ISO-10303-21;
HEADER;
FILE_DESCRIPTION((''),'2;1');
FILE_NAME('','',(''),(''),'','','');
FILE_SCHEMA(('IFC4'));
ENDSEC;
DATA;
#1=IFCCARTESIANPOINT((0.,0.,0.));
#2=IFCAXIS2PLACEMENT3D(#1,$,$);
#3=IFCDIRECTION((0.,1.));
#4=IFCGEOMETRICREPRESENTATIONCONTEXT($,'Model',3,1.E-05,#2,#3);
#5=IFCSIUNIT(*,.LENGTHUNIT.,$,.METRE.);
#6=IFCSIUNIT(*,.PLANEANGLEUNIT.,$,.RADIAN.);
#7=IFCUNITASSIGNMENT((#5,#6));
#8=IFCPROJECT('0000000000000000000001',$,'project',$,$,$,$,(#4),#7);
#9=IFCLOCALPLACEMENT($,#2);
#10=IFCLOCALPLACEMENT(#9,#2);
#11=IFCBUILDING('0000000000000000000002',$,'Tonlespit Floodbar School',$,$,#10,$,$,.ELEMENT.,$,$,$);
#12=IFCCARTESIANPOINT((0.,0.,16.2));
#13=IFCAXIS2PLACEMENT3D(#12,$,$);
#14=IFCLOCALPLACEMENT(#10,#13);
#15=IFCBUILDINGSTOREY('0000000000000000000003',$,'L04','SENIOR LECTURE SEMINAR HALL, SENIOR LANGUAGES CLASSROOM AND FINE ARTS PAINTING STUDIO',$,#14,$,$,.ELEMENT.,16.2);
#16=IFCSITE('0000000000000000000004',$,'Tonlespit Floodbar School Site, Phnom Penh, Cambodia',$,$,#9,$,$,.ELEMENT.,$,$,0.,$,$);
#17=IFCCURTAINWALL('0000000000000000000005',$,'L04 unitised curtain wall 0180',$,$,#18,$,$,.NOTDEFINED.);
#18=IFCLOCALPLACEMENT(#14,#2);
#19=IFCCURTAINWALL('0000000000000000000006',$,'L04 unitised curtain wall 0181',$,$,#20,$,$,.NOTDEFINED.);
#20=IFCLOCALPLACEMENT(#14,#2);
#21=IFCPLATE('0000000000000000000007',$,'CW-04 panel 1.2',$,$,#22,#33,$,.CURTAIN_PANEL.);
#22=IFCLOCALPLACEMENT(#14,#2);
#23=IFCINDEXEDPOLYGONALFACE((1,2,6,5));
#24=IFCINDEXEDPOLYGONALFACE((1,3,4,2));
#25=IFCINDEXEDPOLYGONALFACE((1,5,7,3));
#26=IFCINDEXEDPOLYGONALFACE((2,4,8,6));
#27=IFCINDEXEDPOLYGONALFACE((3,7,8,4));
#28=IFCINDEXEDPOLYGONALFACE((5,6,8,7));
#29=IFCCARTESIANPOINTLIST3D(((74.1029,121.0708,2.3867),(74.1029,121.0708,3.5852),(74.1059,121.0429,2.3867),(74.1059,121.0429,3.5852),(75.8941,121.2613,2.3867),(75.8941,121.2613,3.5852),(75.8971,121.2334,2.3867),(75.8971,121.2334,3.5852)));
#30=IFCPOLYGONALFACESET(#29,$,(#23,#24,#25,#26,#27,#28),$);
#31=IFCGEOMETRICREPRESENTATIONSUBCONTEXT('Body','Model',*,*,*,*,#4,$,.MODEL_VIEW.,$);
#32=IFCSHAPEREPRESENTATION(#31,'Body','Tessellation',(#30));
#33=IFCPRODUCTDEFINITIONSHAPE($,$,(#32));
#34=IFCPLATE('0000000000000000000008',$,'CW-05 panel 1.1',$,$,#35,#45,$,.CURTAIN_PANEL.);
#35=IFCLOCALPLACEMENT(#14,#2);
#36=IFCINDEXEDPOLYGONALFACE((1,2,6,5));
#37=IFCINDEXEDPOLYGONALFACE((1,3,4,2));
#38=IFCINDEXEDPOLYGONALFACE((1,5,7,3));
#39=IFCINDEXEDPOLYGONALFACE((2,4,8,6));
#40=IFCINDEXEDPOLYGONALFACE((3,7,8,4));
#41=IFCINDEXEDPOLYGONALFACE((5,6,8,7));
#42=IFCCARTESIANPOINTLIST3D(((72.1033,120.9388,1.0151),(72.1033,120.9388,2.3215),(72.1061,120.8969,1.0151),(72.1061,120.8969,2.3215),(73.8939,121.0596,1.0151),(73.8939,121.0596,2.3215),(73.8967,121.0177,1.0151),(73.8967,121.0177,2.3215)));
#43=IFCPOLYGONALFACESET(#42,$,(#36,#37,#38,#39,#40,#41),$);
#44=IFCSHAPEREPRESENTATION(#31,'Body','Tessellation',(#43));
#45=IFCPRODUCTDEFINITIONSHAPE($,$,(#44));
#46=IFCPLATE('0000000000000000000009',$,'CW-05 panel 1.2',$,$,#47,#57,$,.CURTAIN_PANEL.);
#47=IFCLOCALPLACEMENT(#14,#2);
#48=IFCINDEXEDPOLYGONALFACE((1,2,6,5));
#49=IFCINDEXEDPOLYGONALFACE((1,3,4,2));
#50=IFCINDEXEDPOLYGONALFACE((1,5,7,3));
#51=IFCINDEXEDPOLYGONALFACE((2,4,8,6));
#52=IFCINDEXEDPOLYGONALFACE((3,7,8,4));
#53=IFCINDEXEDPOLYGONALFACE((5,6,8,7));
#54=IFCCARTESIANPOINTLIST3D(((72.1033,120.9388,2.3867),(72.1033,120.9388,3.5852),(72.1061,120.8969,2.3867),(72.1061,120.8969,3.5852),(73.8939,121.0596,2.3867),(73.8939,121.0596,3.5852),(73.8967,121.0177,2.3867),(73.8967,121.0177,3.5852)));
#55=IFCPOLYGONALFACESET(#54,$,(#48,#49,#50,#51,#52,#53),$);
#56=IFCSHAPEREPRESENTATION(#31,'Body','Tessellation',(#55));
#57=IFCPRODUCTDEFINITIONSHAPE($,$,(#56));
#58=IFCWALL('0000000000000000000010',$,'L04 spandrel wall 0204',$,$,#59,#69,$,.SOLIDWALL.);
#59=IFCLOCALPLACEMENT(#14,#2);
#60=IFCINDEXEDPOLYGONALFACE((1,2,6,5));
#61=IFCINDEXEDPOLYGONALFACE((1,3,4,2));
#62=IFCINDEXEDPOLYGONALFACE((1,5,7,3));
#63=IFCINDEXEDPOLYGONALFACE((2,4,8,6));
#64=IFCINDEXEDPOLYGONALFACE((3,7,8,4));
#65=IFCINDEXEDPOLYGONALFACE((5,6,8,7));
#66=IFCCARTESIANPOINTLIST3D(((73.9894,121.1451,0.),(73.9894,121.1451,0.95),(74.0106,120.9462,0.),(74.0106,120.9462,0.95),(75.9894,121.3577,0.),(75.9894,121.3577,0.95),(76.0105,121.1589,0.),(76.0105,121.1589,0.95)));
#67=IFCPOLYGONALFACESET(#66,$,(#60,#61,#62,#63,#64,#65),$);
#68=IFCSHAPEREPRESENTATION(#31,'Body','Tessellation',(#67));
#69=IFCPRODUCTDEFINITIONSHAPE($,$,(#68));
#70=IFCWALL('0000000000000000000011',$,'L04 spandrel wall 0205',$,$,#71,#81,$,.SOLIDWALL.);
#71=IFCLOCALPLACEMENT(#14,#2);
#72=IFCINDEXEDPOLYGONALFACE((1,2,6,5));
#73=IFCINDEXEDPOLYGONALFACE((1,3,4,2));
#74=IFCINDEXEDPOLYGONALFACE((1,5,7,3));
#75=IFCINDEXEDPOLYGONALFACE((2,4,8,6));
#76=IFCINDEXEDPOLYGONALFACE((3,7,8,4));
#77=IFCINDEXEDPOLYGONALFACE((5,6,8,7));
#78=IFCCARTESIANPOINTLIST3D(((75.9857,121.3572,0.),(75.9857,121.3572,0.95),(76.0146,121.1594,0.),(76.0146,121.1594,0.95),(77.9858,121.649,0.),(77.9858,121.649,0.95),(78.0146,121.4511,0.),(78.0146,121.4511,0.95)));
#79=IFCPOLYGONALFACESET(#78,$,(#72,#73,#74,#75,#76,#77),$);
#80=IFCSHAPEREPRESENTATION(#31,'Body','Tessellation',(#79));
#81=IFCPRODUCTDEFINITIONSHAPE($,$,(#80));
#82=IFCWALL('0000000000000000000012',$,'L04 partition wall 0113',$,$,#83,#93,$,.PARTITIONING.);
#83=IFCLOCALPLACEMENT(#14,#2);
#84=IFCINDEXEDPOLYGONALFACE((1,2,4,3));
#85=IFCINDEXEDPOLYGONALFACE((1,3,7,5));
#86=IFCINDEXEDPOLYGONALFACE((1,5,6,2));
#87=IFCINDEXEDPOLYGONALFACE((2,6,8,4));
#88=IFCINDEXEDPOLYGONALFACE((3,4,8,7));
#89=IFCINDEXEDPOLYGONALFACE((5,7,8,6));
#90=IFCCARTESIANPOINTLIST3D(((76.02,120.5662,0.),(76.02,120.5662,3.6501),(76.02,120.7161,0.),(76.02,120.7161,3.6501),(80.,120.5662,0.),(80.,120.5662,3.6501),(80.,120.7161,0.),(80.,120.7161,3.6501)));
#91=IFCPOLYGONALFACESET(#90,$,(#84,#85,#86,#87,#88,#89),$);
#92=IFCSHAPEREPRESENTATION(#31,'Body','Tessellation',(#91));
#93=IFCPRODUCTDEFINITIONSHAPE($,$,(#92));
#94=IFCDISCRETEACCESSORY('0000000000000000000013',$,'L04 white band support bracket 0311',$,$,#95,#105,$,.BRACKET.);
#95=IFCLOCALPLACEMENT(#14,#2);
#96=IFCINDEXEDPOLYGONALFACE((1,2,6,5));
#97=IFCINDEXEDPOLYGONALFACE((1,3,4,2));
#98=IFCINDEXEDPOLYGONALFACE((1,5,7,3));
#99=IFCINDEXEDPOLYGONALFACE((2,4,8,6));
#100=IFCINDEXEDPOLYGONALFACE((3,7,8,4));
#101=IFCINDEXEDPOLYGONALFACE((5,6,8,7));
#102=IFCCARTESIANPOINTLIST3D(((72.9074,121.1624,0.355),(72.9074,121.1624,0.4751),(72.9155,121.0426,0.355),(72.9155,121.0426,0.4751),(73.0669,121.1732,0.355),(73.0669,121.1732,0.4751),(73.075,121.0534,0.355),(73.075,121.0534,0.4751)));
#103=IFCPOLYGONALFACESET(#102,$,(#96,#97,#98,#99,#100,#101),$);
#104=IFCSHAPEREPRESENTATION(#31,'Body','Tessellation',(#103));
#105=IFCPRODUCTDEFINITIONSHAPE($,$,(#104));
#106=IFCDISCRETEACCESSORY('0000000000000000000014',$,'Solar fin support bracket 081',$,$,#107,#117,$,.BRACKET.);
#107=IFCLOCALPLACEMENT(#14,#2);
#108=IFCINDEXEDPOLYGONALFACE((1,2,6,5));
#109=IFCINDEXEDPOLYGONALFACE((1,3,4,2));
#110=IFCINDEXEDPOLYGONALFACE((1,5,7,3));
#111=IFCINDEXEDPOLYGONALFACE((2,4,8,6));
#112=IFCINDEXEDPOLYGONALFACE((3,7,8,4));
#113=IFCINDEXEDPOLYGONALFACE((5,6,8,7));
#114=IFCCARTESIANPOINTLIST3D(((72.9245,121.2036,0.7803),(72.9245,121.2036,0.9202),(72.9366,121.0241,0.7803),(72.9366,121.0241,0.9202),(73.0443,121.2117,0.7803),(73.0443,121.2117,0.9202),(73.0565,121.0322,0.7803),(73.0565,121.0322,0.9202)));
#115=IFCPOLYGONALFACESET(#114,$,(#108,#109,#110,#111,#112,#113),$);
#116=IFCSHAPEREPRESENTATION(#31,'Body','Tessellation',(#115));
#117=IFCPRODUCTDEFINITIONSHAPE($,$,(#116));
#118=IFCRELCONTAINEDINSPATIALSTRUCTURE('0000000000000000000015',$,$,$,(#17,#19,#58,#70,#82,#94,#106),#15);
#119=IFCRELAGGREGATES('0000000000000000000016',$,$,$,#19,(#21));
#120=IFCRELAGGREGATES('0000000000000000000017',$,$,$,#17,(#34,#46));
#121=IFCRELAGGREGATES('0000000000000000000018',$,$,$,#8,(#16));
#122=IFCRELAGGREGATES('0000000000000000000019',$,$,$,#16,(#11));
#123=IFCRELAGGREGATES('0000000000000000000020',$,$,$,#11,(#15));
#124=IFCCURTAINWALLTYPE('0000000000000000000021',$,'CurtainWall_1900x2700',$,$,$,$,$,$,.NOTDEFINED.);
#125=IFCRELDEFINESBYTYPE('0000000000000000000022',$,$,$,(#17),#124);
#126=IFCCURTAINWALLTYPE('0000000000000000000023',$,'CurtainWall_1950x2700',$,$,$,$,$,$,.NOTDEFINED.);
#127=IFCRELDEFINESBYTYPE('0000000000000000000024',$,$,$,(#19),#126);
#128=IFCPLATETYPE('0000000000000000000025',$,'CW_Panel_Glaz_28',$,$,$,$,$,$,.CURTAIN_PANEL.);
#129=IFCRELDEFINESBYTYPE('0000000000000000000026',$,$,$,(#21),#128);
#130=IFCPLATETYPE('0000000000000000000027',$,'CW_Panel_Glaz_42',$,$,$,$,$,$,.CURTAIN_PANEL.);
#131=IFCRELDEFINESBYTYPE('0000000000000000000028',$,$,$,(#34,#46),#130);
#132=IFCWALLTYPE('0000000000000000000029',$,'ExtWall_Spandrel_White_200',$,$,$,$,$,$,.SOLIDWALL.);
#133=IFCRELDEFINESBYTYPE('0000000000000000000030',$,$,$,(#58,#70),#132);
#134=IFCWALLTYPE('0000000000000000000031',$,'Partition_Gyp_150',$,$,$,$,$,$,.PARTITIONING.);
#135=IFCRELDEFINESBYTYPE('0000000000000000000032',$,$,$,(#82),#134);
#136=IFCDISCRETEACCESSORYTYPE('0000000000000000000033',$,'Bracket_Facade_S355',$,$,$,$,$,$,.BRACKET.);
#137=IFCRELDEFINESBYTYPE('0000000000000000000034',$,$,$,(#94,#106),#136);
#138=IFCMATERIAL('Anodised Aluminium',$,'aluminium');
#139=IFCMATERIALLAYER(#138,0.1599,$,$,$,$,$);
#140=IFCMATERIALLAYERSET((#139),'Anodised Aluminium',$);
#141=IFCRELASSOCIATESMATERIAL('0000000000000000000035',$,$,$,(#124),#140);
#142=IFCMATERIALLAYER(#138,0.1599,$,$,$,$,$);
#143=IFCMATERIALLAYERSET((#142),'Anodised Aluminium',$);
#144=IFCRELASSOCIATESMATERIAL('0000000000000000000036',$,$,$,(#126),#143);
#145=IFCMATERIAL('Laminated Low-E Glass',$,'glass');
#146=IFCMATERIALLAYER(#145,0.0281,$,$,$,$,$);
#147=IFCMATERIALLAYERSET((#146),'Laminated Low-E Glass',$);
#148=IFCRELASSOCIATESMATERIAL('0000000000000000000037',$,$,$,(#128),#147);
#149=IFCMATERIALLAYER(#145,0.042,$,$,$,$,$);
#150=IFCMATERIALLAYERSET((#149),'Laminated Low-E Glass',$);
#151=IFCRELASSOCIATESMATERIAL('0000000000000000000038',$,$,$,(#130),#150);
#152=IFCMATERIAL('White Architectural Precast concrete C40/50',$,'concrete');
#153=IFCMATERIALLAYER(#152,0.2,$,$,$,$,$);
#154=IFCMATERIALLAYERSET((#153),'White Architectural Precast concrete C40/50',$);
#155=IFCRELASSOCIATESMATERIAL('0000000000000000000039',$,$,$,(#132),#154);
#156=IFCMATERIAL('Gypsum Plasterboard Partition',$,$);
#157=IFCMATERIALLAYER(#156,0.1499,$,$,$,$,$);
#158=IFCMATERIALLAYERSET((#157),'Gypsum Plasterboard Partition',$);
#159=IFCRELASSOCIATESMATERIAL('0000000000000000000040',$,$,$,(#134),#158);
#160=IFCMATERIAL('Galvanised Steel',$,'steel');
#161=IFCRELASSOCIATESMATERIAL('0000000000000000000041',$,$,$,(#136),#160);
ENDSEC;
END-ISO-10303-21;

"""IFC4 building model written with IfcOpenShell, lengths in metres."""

from ifc_helpers import new_model, si_unit, direction, frame, frame_2d, origin, origin_2d, place, context, subcontext, project, spatial, rectangle, extrude, material, layer, layer_set, type_object, element, aggregate, save


model = new_model("IFC4")

# Units and contexts
model_context = context("Model", 3, precision=1e-05, world=origin(), true_north=direction((0.0, 1.0)))
body_context = subcontext(model_context, "Body", "Model", "MODEL_VIEW")
ifc_project = project(units=[si_unit("LENGTHUNIT", "METRE"), si_unit("PLANEANGLEUNIT", "RADIAN")], contexts=[model_context])

# Site, building, storey
site_placement = place(None, origin())
site = spatial("IfcSite", under=ifc_project, at=site_placement, Name="Tonlespit Floodbar School Site, Phnom Penh, Cambodia", CompositionType="ELEMENT", RefElevation=0.0)
building_placement = place(site_placement, origin())
building = spatial("IfcBuilding", under=site, at=building_placement, Name="Tonlespit Floodbar School", CompositionType="ELEMENT")
storey_placement = place(building_placement, frame((0.0, 0.0, 16.2)))
storey = spatial("IfcBuildingStorey", under=building, at=storey_placement, Name="L04", Description="SENIOR LECTURE SEMINAR HALL, SENIOR LANGUAGES CLASSROOM AND FINE ARTS PAINTING STUDIO", CompositionType="ELEMENT", Elevation=16.2)

# Curtain wall
ifc_material_1 = material(Name="Anodised Aluminium", Category="aluminium")
ifc_layer_1 = layer(ifc_material_1, 0.1599)
ifc_layer_set_1 = layer_set([ifc_layer_1], Name="Anodised Aluminium")
curtain_wall_type_1 = type_object("IfcCurtainWallType", Name="CurtainWall_1900x2700", PredefinedType="NOTDEFINED", material=ifc_layer_set_1)
curtain_wall_1_placement = place(storey_placement, origin())
curtain_wall_1 = element("IfcCurtainWall", 1, at=curtain_wall_1_placement, inside=storey, type_object=curtain_wall_type_1, Name="L04 unitised curtain wall 0180", PredefinedType="NOTDEFINED")
ifc_layer_2 = layer(ifc_material_1, 0.1599)
ifc_layer_set_2 = layer_set([ifc_layer_2], Name="Anodised Aluminium")
curtain_wall_type_2 = type_object("IfcCurtainWallType", Name="CurtainWall_1950x2700", PredefinedType="NOTDEFINED", material=ifc_layer_set_2)

# Curtain wall
curtain_wall_2_placement = place(storey_placement, origin())
curtain_wall_2 = element("IfcCurtainWall", 2, at=curtain_wall_2_placement, inside=storey, type_object=curtain_wall_type_2, Name="L04 unitised curtain wall 0181", PredefinedType="NOTDEFINED")

# Plates
ifc_material_2 = material(Name="Laminated Low-E Glass", Category="glass")
ifc_layer_3 = layer(ifc_material_2, 0.0281)
ifc_layer_set_3 = layer_set([ifc_layer_3], Name="Laminated Low-E Glass")
plate_type_1 = type_object("IfcPlateType", Name="CW_Panel_Glaz_28", PredefinedType="CURTAIN_PANEL", material=ifc_layer_set_3)
plate_1_placement = place(storey_placement, frame((75.0, 121.1521, 2.3867), z_axis=(0.0, 0.0, 1.0), x_axis=(0.994389, 0.105787, 0.0)))
plate_1 = element("IfcPlate", 3, at=plate_1_placement, type_object=plate_type_1, Name="CW-04 panel 1.2", PredefinedType="CURTAIN_PANEL", context=body_context, shape_type="SweptSolid", body=[
    extrude(rectangle(XDim=1.8013, YDim=0.0281, at=origin_2d()), origin(), (0.0, 0.0, 1.0), 1.1985),
])
aggregate(curtain_wall_2, [plate_1])
ifc_layer_4 = layer(ifc_material_2, 0.042)
ifc_layer_set_4 = layer_set([ifc_layer_4], Name="Laminated Low-E Glass")
plate_type_2 = type_object("IfcPlateType", Name="CW_Panel_Glaz_42", PredefinedType="CURTAIN_PANEL", material=ifc_layer_set_4)
plate_2_placement = place(storey_placement, frame((73.0, 120.9783, 1.0151), z_axis=(0.0, 0.0, 1.0), x_axis=(0.99773, 0.06734, 0.0)))
plate_2 = element("IfcPlate", 4, at=plate_2_placement, type_object=plate_type_2, Name="CW-05 panel 1.1", PredefinedType="CURTAIN_PANEL", context=body_context, shape_type="SweptSolid", body=[
    extrude(rectangle(XDim=1.7947, YDim=0.042, at=origin_2d()), origin(), (0.0, 0.0, 1.0), 1.3064),
])
plate_3_placement = place(storey_placement, frame((73.0, 120.9783, 2.3867), z_axis=(0.0, 0.0, 1.0), x_axis=(0.99773, 0.06734, 0.0)))
plate_3 = element("IfcPlate", 5, at=plate_3_placement, type_object=plate_type_2, Name="CW-05 panel 1.2", PredefinedType="CURTAIN_PANEL", context=body_context, shape_type="SweptSolid", body=[
    extrude(rectangle(XDim=1.7947, YDim=0.042, at=origin_2d()), origin(), (0.0, 0.0, 1.0), 1.1985),
])
aggregate(curtain_wall_1, [plate_2, plate_3])

# Walls
ifc_material_3 = material(Name="White Architectural Precast concrete C40/50", Category="concrete")
ifc_layer_5 = layer(ifc_material_3, 0.2)
ifc_layer_set_5 = layer_set([ifc_layer_5], Name="White Architectural Precast concrete C40/50")
wall_type_1 = type_object("IfcWallType", Name="ExtWall_Spandrel_White_200", PredefinedType="SOLIDWALL", material=ifc_layer_set_5)
wall_1_placement = place(storey_placement, frame((74.0, 121.0457, 0.0), z_axis=(0.0, 0.0, 1.0), x_axis=(0.994395, 0.105727, 0.0)))
element("IfcWall", 6, at=wall_1_placement, inside=storey, type_object=wall_type_1, Name="L04 spandrel wall 0204", PredefinedType="SOLIDWALL", context=body_context, shape_type="SweptSolid", body=[
    extrude(rectangle(XDim=2.0112, YDim=0.2, at=frame_2d((1.0056, 0.0))), origin(), (0.0, 0.0, 1.0), 0.95),
])
wall_2_placement = place(storey_placement, frame((76.0, 121.2583, 0.0), z_axis=(0.0, 0.0, 1.0), x_axis=(0.989527, 0.144346, 0.0)))
element("IfcWall", 7, at=wall_2_placement, inside=storey, type_object=wall_type_1, Name="L04 spandrel wall 0205", PredefinedType="SOLIDWALL", context=body_context, shape_type="SweptSolid", body=[
    extrude(rectangle(XDim=2.0212, YDim=0.2, at=frame_2d((1.0107, 0.0))), origin(), (0.0, 0.0, 1.0), 0.95),
])
ifc_material_4 = material(Name="Gypsum Plasterboard Partition")
ifc_layer_6 = layer(ifc_material_4, 0.1499)
ifc_layer_set_6 = layer_set([ifc_layer_6], Name="Gypsum Plasterboard Partition")
wall_type_2 = type_object("IfcWallType", Name="Partition_Gyp_150", PredefinedType="PARTITIONING", material=ifc_layer_set_6)
wall_3_placement = place(storey_placement, frame((76.02, 120.6411, 0.0), z_axis=(0.0, 0.0, 1.0), x_axis=(1.0, 0.0, 0.0)))
element("IfcWall", 8, at=wall_3_placement, inside=storey, type_object=wall_type_2, Name="L04 partition wall 0113", PredefinedType="PARTITIONING", context=body_context, shape_type="SweptSolid", body=[
    extrude(rectangle(XDim=3.98, YDim=0.1499, at=frame_2d((1.99, 0.0))), origin(), (0.0, 0.0, 1.0), 3.6501),
])

# Discrete accessories
ifc_material_5 = material(Name="Galvanised Steel", Category="steel")
discrete_accessory_type = type_object("IfcDiscreteAccessoryType", Name="Bracket_Facade_S355", PredefinedType="BRACKET", material=ifc_material_5)
discrete_accessory_1_placement = place(storey_placement, frame((72.9912, 121.1079, 0.355), z_axis=(0.0, 0.0, 1.0), x_axis=(0.99773, 0.067347, 0.0)))
element("IfcDiscreteAccessory", 9, at=discrete_accessory_1_placement, inside=storey, type_object=discrete_accessory_type, Name="L04 white band support bracket 0311", PredefinedType="BRACKET", context=body_context, shape_type="SweptSolid", body=[
    extrude(rectangle(XDim=0.1599, YDim=0.1201, at=origin_2d()), origin(), (0.0, 0.0, 1.0), 0.1201),
])
discrete_accessory_2_placement = place(storey_placement, frame((72.9905, 121.1179, 0.7803), z_axis=(0.0, 0.0, 1.0), x_axis=(0.99773, 0.067347, 0.0)))
element("IfcDiscreteAccessory", 10, at=discrete_accessory_2_placement, inside=storey, type_object=discrete_accessory_type, Name="Solar fin support bracket 081", PredefinedType="BRACKET", context=body_context, shape_type="SweptSolid", body=[
    extrude(rectangle(XDim=0.1201, YDim=0.1799, at=origin_2d()), origin(), (0.0, 0.0, 1.0), 0.1399),
])

save(model, "model.ifc")
